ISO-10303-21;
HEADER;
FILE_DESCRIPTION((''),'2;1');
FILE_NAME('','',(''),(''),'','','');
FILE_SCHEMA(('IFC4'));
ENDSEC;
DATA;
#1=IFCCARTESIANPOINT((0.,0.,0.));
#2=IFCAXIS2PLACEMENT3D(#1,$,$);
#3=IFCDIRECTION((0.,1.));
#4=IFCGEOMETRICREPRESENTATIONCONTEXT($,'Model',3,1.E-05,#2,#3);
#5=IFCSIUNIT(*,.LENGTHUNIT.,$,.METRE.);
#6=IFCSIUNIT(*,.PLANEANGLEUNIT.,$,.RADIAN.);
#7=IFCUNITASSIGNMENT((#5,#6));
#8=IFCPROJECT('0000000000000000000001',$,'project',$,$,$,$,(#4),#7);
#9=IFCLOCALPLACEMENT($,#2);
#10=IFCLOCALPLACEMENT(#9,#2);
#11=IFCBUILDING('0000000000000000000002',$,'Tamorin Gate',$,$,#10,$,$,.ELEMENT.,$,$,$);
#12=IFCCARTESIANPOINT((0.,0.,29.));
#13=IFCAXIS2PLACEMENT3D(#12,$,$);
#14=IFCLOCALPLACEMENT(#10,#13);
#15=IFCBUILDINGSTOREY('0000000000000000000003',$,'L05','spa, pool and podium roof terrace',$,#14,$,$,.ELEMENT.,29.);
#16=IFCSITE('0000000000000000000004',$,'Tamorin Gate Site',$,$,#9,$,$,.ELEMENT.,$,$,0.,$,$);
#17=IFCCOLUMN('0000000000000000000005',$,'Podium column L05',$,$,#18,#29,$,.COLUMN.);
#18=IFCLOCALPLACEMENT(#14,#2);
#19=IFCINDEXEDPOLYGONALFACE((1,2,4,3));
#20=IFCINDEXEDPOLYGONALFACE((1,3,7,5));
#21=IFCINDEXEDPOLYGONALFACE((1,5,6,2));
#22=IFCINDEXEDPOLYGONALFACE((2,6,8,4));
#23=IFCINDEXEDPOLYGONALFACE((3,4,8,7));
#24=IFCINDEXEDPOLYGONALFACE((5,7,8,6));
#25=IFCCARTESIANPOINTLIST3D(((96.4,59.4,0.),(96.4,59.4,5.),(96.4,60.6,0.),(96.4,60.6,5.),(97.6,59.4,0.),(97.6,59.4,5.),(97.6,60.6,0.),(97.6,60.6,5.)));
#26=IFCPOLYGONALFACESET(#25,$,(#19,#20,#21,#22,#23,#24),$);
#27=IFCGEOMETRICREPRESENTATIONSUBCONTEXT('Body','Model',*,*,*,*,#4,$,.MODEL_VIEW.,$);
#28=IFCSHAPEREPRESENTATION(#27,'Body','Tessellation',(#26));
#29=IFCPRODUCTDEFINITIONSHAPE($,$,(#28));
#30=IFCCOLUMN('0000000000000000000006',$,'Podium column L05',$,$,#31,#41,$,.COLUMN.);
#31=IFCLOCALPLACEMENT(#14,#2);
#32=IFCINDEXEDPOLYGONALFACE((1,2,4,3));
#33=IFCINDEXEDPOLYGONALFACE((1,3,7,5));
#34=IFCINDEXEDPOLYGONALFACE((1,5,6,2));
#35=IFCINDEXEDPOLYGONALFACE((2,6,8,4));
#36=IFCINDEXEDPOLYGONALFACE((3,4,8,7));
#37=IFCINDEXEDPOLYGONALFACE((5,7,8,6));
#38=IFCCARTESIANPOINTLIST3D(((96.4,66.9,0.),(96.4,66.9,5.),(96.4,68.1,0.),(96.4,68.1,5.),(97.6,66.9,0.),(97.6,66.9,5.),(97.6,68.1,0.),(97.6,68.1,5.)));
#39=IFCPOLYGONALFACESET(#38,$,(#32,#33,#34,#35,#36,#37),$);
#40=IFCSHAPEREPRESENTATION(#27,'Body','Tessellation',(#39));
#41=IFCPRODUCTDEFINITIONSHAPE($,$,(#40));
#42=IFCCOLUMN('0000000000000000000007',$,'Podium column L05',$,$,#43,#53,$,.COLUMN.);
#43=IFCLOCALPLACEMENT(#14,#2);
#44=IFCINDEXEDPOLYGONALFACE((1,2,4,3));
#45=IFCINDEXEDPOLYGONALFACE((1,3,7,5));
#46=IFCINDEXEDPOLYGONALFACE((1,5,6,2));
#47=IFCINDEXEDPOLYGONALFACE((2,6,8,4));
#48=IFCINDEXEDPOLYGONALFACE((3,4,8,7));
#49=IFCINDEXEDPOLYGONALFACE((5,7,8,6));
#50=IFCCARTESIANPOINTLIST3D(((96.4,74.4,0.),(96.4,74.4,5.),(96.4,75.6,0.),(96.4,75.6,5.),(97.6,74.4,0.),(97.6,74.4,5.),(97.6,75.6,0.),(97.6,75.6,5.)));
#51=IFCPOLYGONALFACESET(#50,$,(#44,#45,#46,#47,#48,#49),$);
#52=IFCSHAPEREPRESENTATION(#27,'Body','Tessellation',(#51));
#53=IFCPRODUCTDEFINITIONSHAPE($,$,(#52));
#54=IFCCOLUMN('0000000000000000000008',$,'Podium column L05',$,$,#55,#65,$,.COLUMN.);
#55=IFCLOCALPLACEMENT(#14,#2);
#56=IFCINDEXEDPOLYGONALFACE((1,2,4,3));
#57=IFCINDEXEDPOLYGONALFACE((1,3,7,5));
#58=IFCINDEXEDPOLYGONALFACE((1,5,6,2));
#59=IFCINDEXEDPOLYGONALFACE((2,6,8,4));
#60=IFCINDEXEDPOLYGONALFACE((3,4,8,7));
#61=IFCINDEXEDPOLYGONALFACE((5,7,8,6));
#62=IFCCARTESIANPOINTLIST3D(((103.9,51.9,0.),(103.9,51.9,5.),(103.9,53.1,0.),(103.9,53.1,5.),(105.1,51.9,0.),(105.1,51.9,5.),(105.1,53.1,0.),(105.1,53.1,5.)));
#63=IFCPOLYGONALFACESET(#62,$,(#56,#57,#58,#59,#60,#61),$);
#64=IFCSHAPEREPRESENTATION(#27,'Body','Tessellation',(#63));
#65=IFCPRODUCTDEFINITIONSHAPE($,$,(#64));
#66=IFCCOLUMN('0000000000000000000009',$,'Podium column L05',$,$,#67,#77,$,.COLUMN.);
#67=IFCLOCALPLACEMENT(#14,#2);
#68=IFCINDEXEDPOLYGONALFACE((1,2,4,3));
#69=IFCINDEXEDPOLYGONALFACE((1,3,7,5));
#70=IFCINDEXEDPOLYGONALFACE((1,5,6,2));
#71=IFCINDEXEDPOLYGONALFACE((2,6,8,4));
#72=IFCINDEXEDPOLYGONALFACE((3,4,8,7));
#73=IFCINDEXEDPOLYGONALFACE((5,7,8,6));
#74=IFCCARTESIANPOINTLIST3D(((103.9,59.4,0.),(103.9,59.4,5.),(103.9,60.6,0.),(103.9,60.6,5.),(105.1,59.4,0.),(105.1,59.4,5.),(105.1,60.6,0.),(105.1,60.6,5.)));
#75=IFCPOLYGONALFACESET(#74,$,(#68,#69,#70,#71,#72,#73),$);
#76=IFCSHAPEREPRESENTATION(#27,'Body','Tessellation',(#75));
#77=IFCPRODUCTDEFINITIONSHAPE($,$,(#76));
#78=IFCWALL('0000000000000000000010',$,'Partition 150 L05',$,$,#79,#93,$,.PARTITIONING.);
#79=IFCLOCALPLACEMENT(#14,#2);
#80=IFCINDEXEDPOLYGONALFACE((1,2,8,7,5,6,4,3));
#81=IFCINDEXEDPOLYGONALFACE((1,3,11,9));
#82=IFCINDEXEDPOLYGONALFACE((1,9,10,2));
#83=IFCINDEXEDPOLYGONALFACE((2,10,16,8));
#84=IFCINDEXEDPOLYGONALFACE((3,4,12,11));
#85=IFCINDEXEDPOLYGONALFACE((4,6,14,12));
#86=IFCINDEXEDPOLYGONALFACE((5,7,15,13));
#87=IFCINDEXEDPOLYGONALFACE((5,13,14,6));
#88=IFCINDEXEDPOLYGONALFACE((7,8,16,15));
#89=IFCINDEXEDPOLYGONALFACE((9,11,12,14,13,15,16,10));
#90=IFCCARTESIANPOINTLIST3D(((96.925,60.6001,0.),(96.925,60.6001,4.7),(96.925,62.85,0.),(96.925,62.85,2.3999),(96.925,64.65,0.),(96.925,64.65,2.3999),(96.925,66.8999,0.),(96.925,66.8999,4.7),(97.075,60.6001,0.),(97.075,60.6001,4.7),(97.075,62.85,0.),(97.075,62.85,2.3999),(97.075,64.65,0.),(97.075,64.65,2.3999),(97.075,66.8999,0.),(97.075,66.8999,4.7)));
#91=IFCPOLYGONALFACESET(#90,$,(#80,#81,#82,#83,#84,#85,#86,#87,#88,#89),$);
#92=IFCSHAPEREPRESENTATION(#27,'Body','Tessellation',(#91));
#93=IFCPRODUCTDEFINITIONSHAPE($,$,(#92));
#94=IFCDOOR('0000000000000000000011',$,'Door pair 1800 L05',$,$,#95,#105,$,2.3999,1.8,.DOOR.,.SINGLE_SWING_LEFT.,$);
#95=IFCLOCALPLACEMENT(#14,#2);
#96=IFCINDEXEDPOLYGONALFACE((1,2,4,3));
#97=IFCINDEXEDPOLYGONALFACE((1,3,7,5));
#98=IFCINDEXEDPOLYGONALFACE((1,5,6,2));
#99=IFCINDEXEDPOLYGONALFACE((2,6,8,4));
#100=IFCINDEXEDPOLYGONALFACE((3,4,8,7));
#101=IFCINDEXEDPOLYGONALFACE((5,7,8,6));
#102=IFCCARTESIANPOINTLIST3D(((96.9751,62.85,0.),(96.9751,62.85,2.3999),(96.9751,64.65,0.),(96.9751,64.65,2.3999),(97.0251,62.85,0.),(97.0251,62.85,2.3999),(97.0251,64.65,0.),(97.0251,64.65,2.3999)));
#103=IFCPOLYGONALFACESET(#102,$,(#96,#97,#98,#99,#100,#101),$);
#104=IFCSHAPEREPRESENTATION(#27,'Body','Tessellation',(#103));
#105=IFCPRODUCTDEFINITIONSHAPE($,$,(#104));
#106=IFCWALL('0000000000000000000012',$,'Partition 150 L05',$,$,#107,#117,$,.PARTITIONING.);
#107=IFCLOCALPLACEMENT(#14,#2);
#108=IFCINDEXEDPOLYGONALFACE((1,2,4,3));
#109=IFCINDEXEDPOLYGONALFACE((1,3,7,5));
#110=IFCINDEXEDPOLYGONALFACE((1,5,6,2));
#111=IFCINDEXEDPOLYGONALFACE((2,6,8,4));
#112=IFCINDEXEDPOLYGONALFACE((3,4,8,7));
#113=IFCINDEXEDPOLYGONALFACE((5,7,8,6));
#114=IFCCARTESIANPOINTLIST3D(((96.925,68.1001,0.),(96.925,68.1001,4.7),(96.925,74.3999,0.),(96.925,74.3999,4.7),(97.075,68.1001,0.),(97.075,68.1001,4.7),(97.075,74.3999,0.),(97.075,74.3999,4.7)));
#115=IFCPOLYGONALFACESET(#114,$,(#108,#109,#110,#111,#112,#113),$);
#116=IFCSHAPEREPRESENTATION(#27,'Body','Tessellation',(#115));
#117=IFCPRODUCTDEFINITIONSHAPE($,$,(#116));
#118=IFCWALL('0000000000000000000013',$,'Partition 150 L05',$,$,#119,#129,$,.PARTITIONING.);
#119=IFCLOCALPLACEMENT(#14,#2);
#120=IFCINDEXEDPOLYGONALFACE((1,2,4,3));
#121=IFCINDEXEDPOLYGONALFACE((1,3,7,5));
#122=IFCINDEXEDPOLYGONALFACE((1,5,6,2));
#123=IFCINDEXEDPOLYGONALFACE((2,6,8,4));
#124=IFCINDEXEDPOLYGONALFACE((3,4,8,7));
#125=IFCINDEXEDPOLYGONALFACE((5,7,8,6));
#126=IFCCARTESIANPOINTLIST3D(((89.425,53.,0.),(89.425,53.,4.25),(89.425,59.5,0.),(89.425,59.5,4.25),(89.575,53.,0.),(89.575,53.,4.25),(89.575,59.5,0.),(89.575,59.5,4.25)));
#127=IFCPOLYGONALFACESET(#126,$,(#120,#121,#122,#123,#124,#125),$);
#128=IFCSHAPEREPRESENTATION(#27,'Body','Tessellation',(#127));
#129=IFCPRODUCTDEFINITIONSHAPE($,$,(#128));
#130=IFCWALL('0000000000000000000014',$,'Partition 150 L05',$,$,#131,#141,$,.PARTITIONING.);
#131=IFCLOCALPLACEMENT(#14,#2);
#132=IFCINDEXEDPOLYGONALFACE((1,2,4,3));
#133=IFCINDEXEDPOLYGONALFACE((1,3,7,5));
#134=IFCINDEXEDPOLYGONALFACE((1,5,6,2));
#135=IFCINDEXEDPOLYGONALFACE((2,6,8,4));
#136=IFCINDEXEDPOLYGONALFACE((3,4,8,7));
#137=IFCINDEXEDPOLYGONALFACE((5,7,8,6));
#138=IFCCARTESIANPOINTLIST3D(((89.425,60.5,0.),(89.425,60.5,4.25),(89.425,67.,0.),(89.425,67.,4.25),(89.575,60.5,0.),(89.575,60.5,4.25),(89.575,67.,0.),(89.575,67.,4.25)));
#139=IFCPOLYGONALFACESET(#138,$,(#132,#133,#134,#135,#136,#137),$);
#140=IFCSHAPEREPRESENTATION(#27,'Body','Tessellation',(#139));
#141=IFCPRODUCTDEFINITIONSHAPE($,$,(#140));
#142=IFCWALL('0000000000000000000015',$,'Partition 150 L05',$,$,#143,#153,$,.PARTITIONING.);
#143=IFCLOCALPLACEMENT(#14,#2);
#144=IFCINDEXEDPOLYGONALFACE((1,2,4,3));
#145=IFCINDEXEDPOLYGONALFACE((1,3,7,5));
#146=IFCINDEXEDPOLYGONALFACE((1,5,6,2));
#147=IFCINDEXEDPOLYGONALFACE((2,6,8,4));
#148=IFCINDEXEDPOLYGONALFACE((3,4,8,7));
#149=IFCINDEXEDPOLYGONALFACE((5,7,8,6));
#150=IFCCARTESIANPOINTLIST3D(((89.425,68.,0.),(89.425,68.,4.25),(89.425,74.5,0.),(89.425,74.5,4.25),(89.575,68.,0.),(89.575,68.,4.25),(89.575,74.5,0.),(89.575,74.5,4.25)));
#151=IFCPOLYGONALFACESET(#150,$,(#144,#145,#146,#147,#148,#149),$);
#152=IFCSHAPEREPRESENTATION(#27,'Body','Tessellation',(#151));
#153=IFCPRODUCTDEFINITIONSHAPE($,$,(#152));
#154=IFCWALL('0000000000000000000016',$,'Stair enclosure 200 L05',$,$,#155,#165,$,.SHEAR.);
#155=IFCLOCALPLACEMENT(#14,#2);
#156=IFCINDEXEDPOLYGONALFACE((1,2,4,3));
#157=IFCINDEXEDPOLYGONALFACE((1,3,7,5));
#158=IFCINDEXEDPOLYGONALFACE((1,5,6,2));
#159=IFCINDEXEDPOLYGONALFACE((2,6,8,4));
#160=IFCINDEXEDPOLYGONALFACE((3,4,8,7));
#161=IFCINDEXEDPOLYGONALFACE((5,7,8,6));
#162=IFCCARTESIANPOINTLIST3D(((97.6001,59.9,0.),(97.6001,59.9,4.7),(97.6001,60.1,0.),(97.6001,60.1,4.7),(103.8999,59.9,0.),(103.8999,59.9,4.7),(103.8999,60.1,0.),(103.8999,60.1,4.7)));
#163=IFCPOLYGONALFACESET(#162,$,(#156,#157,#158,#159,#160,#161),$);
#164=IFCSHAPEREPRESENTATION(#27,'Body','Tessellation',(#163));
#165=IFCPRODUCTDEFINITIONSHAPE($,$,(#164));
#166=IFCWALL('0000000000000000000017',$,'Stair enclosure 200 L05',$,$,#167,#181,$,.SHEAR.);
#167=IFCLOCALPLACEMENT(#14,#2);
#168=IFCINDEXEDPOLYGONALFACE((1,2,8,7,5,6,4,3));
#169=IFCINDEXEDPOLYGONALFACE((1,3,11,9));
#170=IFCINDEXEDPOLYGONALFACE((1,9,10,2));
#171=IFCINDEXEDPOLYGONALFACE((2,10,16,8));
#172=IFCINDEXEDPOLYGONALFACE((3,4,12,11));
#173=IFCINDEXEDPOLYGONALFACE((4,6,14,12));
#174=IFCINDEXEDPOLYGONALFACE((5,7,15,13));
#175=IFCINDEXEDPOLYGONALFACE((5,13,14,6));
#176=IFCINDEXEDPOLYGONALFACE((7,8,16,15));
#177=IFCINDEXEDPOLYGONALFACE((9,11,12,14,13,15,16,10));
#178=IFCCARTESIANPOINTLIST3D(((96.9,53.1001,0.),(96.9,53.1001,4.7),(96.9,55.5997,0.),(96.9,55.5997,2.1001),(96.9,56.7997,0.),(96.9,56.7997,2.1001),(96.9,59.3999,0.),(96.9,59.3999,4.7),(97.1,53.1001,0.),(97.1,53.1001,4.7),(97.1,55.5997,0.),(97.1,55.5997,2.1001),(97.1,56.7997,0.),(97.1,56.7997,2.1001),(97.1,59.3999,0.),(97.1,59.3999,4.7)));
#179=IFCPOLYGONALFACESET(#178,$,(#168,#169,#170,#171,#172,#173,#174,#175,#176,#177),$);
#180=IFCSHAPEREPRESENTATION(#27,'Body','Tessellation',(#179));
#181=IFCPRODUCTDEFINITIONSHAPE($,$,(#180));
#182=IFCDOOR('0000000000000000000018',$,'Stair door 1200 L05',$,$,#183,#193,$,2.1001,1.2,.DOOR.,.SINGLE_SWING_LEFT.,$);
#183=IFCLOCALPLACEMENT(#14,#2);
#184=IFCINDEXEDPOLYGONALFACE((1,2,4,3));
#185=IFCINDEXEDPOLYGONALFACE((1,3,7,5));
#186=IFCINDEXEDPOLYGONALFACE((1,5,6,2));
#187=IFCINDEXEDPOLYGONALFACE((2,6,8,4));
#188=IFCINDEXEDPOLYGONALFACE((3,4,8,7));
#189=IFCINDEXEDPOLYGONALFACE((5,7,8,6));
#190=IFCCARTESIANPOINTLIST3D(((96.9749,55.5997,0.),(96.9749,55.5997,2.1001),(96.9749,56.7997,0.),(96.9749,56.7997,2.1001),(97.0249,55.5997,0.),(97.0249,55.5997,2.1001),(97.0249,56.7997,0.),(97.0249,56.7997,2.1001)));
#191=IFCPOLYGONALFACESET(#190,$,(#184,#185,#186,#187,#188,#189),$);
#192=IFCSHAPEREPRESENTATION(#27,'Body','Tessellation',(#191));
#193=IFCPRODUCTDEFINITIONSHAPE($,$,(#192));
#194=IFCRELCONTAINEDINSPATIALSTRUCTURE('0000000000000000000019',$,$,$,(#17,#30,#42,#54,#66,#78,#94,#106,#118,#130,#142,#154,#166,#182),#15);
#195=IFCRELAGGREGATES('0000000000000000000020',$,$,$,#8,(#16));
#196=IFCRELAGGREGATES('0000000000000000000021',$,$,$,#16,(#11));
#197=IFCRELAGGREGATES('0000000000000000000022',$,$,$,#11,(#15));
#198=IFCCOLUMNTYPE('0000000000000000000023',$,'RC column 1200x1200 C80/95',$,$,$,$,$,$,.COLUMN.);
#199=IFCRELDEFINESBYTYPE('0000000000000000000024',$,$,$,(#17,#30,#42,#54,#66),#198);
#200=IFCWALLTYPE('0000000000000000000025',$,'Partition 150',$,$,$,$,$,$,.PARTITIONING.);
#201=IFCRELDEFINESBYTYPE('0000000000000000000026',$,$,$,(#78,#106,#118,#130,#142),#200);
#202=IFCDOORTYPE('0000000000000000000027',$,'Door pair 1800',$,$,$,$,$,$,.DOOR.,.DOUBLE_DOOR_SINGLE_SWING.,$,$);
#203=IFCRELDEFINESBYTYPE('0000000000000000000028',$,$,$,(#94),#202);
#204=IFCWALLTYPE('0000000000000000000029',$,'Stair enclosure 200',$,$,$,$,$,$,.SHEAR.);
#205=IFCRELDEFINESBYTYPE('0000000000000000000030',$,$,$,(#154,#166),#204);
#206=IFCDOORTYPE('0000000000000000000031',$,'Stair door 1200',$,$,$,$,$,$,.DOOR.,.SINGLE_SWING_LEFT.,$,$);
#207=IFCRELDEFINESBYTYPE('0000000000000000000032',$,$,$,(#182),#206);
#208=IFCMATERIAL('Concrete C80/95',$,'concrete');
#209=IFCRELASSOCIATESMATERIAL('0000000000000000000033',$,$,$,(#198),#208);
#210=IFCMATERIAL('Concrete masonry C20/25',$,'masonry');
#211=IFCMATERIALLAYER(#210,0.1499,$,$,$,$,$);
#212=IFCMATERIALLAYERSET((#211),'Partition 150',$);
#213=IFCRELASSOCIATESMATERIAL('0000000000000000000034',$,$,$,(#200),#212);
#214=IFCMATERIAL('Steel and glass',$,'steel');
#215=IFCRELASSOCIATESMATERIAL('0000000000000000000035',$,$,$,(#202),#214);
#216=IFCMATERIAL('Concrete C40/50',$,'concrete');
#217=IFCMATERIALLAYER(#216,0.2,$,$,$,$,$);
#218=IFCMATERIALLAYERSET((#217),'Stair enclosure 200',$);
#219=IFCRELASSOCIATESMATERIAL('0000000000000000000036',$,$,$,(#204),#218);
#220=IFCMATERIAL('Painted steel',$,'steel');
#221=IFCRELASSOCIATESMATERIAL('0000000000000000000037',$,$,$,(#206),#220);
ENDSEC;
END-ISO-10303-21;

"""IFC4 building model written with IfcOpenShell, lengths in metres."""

from ifc_helpers import new_model, si_unit, direction, frame, frame_2d, origin, origin_2d, place, context, subcontext, project, spatial, rectangle, extrude, material, layer, layer_set, material_profile, profile_set, type_object, element, fill, save


model = new_model("IFC4")

# Units and contexts
model_context = context("Model", 3, precision=1e-05, world=origin(), true_north=direction((0.0, 1.0)))
body_context = subcontext(model_context, "Body", "Model", "MODEL_VIEW")
ifc_project = project(units=[si_unit("LENGTHUNIT", "METRE"), si_unit("PLANEANGLEUNIT", "RADIAN")], contexts=[model_context])

# Site, building, storey
site_placement = place(None, origin())
site = spatial("IfcSite", under=ifc_project, at=site_placement, Name="Tamorin Gate Site", CompositionType="ELEMENT", RefElevation=0.0)
building_placement = place(site_placement, origin())
building = spatial("IfcBuilding", under=site, at=building_placement, Name="Tamorin Gate", CompositionType="ELEMENT")
storey_placement = place(building_placement, frame((0.0, 0.0, 29.0)))
storey = spatial("IfcBuildingStorey", under=building, at=storey_placement, Name="L05", Description="spa, pool and podium roof terrace", CompositionType="ELEMENT", Elevation=29.0)

# Columns
ifc_material_1 = material(Name="Concrete C80/95", Category="concrete")
ifc_material_profile = material_profile(ifc_material_1, rectangle(XDim=1.2, YDim=1.2, at=origin_2d()), Name="RC 1200x1200")
ifc_profile_set = profile_set([ifc_material_profile], Name="Concrete C80/95")
column_type = type_object("IfcColumnType", Name="RC column 1200x1200 C80/95", PredefinedType="COLUMN", material=ifc_profile_set)
for number, where, z_axis, x_axis, name in (
    (1, (97.0, 60.0, 0.0), (0.0, 0.0, 1.0), (1.0, 0.0, 0.0), "Podium column L05"),
    (2, (97.0, 67.5, 0.0), (0.0, 0.0, 1.0), (1.0, 0.0, 0.0), "Podium column L05"),
    (3, (97.0, 75.0, 0.0), (0.0, 0.0, 1.0), (1.0, 0.0, 0.0), "Podium column L05"),
    (4, (104.5, 52.5, 0.0), (0.0, 0.0, 1.0), (1.0, 0.0, 0.0), "Podium column L05"),
    (5, (104.5, 60.0, 0.0), (0.0, 0.0, 1.0), (1.0, 0.0, 0.0), "Podium column L05"),
):
    element("IfcColumn", number, at=place(storey_placement, frame(where, z_axis=z_axis, x_axis=x_axis)), inside=storey, type_object=column_type, Name=name, PredefinedType="COLUMN", context=body_context, shape_type="SweptSolid", body=[
        extrude(rectangle(XDim=1.2, YDim=1.2, at=origin_2d()), origin(), (0.0, 0.0, 1.0), 5.0),
    ])

# Wall, opening, door
ifc_material_2 = material(Name="Concrete masonry C20/25", Category="masonry")
ifc_layer_1 = layer(ifc_material_2, 0.1499)
ifc_layer_set_1 = layer_set([ifc_layer_1], Name="Partition 150")
wall_type_1 = type_object("IfcWallType", Name="Partition 150", PredefinedType="PARTITIONING", material=ifc_layer_set_1)
wall_1_placement = place(storey_placement, frame((97.0, 60.6001, 0.0), z_axis=(0.0, 0.0, 1.0), x_axis=(0.0, 1.0, 0.0)))
wall_1 = element("IfcWall", 6, at=wall_1_placement, inside=storey, type_object=wall_type_1, Name="Partition 150 L05", PredefinedType="PARTITIONING", context=body_context, shape_type="SweptSolid", body=[
    extrude(rectangle(XDim=6.2998, YDim=0.1499, at=frame_2d((3.1499, 0.0))), origin(), (0.0, 0.0, 1.0), 4.7),
])
opening_1_placement = place(wall_1_placement, frame((2.25, 0.0, 0.0)))
opening_1 = element("IfcOpeningElement", 7, at=opening_1_placement, cuts=wall_1, PredefinedType="OPENING", context=body_context, shape_type="SweptSolid", body=[
    extrude(rectangle(XDim=1.8, YDim=2.3999, at=frame_2d((0.8999, 1.2))), frame((0.0, 0.085, 0.0), z_axis=(0.0, -1.0, 0.0), x_axis=(1.0, 0.0, 0.0)), (0.0, 0.0, 1.0), 0.1699),
])
ifc_material_3 = material(Name="Steel and glass", Category="steel")
door_type_1 = type_object("IfcDoorType", Name="Door pair 1800", OperationType="DOUBLE_DOOR_SINGLE_SWING", PredefinedType="DOOR", material=ifc_material_3)
door_1_placement = place(opening_1_placement, origin())
door_1 = element("IfcDoor", 8, at=door_1_placement, inside=storey, type_object=door_type_1, Name="Door pair 1800 L05", OperationType="SINGLE_SWING_LEFT", OverallHeight=2.3999, OverallWidth=1.8, PredefinedType="DOOR", context=body_context, shape_type="SweptSolid", body=[
    extrude(rectangle(XDim=1.8, YDim=2.3999, at=frame_2d((0.8999, 1.2))), frame((0.0, 0.0249, 0.0), z_axis=(0.0, -1.0, 0.0), x_axis=(1.0, 0.0, 0.0)), (0.0, 0.0, 1.0), 0.05),
])
fill(opening_1, door_1)

# Walls
wall_2_placement = place(storey_placement, frame((97.0, 68.1001, 0.0), z_axis=(0.0, 0.0, 1.0), x_axis=(0.0, 1.0, 0.0)))
element("IfcWall", 9, at=wall_2_placement, inside=storey, type_object=wall_type_1, Name="Partition 150 L05", PredefinedType="PARTITIONING", context=body_context, shape_type="SweptSolid", body=[
    extrude(rectangle(XDim=6.2998, YDim=0.1499, at=frame_2d((3.1499, 0.0))), origin(), (0.0, 0.0, 1.0), 4.7),
])
for number, where, z_axis, x_axis, name in (
    (10, (89.5, 53.0, 0.0), (0.0, 0.0, 1.0), (0.0, 1.0, 0.0), "Partition 150 L05"),
    (11, (89.5, 60.5, 0.0), (0.0, 0.0, 1.0), (0.0, 1.0, 0.0), "Partition 150 L05"),
    (12, (89.5, 68.0, 0.0), (0.0, 0.0, 1.0), (0.0, 1.0, 0.0), "Partition 150 L05"),
):
    element("IfcWall", number, at=place(storey_placement, frame(where, z_axis=z_axis, x_axis=x_axis)), inside=storey, type_object=wall_type_1, Name=name, PredefinedType="PARTITIONING", context=body_context, shape_type="SweptSolid", body=[
        extrude(rectangle(XDim=6.5, YDim=0.1499, at=frame_2d((3.25, 0.0))), origin(), (0.0, 0.0, 1.0), 4.25),
    ])
ifc_material_4 = material(Name="Concrete C40/50", Category="concrete")
ifc_layer_2 = layer(ifc_material_4, 0.2)
ifc_layer_set_2 = layer_set([ifc_layer_2], Name="Stair enclosure 200")
wall_type_2 = type_object("IfcWallType", Name="Stair enclosure 200", PredefinedType="SHEAR", material=ifc_layer_set_2)
wall_3_placement = place(storey_placement, frame((97.6001, 60.0, 0.0), z_axis=(0.0, 0.0, 1.0), x_axis=(1.0, 0.0, 0.0)))
element("IfcWall", 13, at=wall_3_placement, inside=storey, type_object=wall_type_2, Name="Stair enclosure 200 L05", PredefinedType="SHEAR", context=body_context, shape_type="SweptSolid", body=[
    extrude(rectangle(XDim=6.2998, YDim=0.2, at=frame_2d((3.1499, 0.0))), origin(), (0.0, 0.0, 1.0), 4.7),
])

# Wall, opening, door
wall_4_placement = place(storey_placement, frame((97.0, 59.3999, 0.0), z_axis=(0.0, 0.0, 1.0), x_axis=(0.0, -1.0, 0.0)))
wall_4 = element("IfcWall", 14, at=wall_4_placement, inside=storey, type_object=wall_type_2, Name="Stair enclosure 200 L05", PredefinedType="SHEAR", context=body_context, shape_type="SweptSolid", body=[
    extrude(rectangle(XDim=6.2998, YDim=0.2, at=frame_2d((3.1499, 0.0))), origin(), (0.0, 0.0, 1.0), 4.7),
])
opening_2_placement = place(wall_4_placement, frame((2.6001, 0.0, 0.0)))
opening_2 = element("IfcOpeningElement", 15, at=opening_2_placement, cuts=wall_4, PredefinedType="OPENING", context=body_context, shape_type="SweptSolid", body=[
    extrude(rectangle(XDim=1.2, YDim=2.1001, at=frame_2d((0.6001, 1.05))), frame((0.0, 0.1099, 0.0), z_axis=(0.0, -1.0, 0.0), x_axis=(1.0, 0.0, 0.0)), (0.0, 0.0, 1.0), 0.22),
])
ifc_material_5 = material(Name="Painted steel", Category="steel")
door_type_2 = type_object("IfcDoorType", Name="Stair door 1200", OperationType="SINGLE_SWING_LEFT", PredefinedType="DOOR", material=ifc_material_5)
door_2_placement = place(opening_2_placement, origin())
door_2 = element("IfcDoor", 16, at=door_2_placement, inside=storey, type_object=door_type_2, Name="Stair door 1200 L05", OperationType="SINGLE_SWING_LEFT", OverallHeight=2.1001, OverallWidth=1.2, PredefinedType="DOOR", context=body_context, shape_type="SweptSolid", body=[
    extrude(rectangle(XDim=1.2, YDim=2.1001, at=frame_2d((0.6001, 1.05))), frame((0.0, 0.0249, 0.0), z_axis=(0.0, -1.0, 0.0), x_axis=(1.0, 0.0, 0.0)), (0.0, 0.0, 1.0), 0.05),
])
fill(opening_2, door_2)

save(model, "model.ifc")
